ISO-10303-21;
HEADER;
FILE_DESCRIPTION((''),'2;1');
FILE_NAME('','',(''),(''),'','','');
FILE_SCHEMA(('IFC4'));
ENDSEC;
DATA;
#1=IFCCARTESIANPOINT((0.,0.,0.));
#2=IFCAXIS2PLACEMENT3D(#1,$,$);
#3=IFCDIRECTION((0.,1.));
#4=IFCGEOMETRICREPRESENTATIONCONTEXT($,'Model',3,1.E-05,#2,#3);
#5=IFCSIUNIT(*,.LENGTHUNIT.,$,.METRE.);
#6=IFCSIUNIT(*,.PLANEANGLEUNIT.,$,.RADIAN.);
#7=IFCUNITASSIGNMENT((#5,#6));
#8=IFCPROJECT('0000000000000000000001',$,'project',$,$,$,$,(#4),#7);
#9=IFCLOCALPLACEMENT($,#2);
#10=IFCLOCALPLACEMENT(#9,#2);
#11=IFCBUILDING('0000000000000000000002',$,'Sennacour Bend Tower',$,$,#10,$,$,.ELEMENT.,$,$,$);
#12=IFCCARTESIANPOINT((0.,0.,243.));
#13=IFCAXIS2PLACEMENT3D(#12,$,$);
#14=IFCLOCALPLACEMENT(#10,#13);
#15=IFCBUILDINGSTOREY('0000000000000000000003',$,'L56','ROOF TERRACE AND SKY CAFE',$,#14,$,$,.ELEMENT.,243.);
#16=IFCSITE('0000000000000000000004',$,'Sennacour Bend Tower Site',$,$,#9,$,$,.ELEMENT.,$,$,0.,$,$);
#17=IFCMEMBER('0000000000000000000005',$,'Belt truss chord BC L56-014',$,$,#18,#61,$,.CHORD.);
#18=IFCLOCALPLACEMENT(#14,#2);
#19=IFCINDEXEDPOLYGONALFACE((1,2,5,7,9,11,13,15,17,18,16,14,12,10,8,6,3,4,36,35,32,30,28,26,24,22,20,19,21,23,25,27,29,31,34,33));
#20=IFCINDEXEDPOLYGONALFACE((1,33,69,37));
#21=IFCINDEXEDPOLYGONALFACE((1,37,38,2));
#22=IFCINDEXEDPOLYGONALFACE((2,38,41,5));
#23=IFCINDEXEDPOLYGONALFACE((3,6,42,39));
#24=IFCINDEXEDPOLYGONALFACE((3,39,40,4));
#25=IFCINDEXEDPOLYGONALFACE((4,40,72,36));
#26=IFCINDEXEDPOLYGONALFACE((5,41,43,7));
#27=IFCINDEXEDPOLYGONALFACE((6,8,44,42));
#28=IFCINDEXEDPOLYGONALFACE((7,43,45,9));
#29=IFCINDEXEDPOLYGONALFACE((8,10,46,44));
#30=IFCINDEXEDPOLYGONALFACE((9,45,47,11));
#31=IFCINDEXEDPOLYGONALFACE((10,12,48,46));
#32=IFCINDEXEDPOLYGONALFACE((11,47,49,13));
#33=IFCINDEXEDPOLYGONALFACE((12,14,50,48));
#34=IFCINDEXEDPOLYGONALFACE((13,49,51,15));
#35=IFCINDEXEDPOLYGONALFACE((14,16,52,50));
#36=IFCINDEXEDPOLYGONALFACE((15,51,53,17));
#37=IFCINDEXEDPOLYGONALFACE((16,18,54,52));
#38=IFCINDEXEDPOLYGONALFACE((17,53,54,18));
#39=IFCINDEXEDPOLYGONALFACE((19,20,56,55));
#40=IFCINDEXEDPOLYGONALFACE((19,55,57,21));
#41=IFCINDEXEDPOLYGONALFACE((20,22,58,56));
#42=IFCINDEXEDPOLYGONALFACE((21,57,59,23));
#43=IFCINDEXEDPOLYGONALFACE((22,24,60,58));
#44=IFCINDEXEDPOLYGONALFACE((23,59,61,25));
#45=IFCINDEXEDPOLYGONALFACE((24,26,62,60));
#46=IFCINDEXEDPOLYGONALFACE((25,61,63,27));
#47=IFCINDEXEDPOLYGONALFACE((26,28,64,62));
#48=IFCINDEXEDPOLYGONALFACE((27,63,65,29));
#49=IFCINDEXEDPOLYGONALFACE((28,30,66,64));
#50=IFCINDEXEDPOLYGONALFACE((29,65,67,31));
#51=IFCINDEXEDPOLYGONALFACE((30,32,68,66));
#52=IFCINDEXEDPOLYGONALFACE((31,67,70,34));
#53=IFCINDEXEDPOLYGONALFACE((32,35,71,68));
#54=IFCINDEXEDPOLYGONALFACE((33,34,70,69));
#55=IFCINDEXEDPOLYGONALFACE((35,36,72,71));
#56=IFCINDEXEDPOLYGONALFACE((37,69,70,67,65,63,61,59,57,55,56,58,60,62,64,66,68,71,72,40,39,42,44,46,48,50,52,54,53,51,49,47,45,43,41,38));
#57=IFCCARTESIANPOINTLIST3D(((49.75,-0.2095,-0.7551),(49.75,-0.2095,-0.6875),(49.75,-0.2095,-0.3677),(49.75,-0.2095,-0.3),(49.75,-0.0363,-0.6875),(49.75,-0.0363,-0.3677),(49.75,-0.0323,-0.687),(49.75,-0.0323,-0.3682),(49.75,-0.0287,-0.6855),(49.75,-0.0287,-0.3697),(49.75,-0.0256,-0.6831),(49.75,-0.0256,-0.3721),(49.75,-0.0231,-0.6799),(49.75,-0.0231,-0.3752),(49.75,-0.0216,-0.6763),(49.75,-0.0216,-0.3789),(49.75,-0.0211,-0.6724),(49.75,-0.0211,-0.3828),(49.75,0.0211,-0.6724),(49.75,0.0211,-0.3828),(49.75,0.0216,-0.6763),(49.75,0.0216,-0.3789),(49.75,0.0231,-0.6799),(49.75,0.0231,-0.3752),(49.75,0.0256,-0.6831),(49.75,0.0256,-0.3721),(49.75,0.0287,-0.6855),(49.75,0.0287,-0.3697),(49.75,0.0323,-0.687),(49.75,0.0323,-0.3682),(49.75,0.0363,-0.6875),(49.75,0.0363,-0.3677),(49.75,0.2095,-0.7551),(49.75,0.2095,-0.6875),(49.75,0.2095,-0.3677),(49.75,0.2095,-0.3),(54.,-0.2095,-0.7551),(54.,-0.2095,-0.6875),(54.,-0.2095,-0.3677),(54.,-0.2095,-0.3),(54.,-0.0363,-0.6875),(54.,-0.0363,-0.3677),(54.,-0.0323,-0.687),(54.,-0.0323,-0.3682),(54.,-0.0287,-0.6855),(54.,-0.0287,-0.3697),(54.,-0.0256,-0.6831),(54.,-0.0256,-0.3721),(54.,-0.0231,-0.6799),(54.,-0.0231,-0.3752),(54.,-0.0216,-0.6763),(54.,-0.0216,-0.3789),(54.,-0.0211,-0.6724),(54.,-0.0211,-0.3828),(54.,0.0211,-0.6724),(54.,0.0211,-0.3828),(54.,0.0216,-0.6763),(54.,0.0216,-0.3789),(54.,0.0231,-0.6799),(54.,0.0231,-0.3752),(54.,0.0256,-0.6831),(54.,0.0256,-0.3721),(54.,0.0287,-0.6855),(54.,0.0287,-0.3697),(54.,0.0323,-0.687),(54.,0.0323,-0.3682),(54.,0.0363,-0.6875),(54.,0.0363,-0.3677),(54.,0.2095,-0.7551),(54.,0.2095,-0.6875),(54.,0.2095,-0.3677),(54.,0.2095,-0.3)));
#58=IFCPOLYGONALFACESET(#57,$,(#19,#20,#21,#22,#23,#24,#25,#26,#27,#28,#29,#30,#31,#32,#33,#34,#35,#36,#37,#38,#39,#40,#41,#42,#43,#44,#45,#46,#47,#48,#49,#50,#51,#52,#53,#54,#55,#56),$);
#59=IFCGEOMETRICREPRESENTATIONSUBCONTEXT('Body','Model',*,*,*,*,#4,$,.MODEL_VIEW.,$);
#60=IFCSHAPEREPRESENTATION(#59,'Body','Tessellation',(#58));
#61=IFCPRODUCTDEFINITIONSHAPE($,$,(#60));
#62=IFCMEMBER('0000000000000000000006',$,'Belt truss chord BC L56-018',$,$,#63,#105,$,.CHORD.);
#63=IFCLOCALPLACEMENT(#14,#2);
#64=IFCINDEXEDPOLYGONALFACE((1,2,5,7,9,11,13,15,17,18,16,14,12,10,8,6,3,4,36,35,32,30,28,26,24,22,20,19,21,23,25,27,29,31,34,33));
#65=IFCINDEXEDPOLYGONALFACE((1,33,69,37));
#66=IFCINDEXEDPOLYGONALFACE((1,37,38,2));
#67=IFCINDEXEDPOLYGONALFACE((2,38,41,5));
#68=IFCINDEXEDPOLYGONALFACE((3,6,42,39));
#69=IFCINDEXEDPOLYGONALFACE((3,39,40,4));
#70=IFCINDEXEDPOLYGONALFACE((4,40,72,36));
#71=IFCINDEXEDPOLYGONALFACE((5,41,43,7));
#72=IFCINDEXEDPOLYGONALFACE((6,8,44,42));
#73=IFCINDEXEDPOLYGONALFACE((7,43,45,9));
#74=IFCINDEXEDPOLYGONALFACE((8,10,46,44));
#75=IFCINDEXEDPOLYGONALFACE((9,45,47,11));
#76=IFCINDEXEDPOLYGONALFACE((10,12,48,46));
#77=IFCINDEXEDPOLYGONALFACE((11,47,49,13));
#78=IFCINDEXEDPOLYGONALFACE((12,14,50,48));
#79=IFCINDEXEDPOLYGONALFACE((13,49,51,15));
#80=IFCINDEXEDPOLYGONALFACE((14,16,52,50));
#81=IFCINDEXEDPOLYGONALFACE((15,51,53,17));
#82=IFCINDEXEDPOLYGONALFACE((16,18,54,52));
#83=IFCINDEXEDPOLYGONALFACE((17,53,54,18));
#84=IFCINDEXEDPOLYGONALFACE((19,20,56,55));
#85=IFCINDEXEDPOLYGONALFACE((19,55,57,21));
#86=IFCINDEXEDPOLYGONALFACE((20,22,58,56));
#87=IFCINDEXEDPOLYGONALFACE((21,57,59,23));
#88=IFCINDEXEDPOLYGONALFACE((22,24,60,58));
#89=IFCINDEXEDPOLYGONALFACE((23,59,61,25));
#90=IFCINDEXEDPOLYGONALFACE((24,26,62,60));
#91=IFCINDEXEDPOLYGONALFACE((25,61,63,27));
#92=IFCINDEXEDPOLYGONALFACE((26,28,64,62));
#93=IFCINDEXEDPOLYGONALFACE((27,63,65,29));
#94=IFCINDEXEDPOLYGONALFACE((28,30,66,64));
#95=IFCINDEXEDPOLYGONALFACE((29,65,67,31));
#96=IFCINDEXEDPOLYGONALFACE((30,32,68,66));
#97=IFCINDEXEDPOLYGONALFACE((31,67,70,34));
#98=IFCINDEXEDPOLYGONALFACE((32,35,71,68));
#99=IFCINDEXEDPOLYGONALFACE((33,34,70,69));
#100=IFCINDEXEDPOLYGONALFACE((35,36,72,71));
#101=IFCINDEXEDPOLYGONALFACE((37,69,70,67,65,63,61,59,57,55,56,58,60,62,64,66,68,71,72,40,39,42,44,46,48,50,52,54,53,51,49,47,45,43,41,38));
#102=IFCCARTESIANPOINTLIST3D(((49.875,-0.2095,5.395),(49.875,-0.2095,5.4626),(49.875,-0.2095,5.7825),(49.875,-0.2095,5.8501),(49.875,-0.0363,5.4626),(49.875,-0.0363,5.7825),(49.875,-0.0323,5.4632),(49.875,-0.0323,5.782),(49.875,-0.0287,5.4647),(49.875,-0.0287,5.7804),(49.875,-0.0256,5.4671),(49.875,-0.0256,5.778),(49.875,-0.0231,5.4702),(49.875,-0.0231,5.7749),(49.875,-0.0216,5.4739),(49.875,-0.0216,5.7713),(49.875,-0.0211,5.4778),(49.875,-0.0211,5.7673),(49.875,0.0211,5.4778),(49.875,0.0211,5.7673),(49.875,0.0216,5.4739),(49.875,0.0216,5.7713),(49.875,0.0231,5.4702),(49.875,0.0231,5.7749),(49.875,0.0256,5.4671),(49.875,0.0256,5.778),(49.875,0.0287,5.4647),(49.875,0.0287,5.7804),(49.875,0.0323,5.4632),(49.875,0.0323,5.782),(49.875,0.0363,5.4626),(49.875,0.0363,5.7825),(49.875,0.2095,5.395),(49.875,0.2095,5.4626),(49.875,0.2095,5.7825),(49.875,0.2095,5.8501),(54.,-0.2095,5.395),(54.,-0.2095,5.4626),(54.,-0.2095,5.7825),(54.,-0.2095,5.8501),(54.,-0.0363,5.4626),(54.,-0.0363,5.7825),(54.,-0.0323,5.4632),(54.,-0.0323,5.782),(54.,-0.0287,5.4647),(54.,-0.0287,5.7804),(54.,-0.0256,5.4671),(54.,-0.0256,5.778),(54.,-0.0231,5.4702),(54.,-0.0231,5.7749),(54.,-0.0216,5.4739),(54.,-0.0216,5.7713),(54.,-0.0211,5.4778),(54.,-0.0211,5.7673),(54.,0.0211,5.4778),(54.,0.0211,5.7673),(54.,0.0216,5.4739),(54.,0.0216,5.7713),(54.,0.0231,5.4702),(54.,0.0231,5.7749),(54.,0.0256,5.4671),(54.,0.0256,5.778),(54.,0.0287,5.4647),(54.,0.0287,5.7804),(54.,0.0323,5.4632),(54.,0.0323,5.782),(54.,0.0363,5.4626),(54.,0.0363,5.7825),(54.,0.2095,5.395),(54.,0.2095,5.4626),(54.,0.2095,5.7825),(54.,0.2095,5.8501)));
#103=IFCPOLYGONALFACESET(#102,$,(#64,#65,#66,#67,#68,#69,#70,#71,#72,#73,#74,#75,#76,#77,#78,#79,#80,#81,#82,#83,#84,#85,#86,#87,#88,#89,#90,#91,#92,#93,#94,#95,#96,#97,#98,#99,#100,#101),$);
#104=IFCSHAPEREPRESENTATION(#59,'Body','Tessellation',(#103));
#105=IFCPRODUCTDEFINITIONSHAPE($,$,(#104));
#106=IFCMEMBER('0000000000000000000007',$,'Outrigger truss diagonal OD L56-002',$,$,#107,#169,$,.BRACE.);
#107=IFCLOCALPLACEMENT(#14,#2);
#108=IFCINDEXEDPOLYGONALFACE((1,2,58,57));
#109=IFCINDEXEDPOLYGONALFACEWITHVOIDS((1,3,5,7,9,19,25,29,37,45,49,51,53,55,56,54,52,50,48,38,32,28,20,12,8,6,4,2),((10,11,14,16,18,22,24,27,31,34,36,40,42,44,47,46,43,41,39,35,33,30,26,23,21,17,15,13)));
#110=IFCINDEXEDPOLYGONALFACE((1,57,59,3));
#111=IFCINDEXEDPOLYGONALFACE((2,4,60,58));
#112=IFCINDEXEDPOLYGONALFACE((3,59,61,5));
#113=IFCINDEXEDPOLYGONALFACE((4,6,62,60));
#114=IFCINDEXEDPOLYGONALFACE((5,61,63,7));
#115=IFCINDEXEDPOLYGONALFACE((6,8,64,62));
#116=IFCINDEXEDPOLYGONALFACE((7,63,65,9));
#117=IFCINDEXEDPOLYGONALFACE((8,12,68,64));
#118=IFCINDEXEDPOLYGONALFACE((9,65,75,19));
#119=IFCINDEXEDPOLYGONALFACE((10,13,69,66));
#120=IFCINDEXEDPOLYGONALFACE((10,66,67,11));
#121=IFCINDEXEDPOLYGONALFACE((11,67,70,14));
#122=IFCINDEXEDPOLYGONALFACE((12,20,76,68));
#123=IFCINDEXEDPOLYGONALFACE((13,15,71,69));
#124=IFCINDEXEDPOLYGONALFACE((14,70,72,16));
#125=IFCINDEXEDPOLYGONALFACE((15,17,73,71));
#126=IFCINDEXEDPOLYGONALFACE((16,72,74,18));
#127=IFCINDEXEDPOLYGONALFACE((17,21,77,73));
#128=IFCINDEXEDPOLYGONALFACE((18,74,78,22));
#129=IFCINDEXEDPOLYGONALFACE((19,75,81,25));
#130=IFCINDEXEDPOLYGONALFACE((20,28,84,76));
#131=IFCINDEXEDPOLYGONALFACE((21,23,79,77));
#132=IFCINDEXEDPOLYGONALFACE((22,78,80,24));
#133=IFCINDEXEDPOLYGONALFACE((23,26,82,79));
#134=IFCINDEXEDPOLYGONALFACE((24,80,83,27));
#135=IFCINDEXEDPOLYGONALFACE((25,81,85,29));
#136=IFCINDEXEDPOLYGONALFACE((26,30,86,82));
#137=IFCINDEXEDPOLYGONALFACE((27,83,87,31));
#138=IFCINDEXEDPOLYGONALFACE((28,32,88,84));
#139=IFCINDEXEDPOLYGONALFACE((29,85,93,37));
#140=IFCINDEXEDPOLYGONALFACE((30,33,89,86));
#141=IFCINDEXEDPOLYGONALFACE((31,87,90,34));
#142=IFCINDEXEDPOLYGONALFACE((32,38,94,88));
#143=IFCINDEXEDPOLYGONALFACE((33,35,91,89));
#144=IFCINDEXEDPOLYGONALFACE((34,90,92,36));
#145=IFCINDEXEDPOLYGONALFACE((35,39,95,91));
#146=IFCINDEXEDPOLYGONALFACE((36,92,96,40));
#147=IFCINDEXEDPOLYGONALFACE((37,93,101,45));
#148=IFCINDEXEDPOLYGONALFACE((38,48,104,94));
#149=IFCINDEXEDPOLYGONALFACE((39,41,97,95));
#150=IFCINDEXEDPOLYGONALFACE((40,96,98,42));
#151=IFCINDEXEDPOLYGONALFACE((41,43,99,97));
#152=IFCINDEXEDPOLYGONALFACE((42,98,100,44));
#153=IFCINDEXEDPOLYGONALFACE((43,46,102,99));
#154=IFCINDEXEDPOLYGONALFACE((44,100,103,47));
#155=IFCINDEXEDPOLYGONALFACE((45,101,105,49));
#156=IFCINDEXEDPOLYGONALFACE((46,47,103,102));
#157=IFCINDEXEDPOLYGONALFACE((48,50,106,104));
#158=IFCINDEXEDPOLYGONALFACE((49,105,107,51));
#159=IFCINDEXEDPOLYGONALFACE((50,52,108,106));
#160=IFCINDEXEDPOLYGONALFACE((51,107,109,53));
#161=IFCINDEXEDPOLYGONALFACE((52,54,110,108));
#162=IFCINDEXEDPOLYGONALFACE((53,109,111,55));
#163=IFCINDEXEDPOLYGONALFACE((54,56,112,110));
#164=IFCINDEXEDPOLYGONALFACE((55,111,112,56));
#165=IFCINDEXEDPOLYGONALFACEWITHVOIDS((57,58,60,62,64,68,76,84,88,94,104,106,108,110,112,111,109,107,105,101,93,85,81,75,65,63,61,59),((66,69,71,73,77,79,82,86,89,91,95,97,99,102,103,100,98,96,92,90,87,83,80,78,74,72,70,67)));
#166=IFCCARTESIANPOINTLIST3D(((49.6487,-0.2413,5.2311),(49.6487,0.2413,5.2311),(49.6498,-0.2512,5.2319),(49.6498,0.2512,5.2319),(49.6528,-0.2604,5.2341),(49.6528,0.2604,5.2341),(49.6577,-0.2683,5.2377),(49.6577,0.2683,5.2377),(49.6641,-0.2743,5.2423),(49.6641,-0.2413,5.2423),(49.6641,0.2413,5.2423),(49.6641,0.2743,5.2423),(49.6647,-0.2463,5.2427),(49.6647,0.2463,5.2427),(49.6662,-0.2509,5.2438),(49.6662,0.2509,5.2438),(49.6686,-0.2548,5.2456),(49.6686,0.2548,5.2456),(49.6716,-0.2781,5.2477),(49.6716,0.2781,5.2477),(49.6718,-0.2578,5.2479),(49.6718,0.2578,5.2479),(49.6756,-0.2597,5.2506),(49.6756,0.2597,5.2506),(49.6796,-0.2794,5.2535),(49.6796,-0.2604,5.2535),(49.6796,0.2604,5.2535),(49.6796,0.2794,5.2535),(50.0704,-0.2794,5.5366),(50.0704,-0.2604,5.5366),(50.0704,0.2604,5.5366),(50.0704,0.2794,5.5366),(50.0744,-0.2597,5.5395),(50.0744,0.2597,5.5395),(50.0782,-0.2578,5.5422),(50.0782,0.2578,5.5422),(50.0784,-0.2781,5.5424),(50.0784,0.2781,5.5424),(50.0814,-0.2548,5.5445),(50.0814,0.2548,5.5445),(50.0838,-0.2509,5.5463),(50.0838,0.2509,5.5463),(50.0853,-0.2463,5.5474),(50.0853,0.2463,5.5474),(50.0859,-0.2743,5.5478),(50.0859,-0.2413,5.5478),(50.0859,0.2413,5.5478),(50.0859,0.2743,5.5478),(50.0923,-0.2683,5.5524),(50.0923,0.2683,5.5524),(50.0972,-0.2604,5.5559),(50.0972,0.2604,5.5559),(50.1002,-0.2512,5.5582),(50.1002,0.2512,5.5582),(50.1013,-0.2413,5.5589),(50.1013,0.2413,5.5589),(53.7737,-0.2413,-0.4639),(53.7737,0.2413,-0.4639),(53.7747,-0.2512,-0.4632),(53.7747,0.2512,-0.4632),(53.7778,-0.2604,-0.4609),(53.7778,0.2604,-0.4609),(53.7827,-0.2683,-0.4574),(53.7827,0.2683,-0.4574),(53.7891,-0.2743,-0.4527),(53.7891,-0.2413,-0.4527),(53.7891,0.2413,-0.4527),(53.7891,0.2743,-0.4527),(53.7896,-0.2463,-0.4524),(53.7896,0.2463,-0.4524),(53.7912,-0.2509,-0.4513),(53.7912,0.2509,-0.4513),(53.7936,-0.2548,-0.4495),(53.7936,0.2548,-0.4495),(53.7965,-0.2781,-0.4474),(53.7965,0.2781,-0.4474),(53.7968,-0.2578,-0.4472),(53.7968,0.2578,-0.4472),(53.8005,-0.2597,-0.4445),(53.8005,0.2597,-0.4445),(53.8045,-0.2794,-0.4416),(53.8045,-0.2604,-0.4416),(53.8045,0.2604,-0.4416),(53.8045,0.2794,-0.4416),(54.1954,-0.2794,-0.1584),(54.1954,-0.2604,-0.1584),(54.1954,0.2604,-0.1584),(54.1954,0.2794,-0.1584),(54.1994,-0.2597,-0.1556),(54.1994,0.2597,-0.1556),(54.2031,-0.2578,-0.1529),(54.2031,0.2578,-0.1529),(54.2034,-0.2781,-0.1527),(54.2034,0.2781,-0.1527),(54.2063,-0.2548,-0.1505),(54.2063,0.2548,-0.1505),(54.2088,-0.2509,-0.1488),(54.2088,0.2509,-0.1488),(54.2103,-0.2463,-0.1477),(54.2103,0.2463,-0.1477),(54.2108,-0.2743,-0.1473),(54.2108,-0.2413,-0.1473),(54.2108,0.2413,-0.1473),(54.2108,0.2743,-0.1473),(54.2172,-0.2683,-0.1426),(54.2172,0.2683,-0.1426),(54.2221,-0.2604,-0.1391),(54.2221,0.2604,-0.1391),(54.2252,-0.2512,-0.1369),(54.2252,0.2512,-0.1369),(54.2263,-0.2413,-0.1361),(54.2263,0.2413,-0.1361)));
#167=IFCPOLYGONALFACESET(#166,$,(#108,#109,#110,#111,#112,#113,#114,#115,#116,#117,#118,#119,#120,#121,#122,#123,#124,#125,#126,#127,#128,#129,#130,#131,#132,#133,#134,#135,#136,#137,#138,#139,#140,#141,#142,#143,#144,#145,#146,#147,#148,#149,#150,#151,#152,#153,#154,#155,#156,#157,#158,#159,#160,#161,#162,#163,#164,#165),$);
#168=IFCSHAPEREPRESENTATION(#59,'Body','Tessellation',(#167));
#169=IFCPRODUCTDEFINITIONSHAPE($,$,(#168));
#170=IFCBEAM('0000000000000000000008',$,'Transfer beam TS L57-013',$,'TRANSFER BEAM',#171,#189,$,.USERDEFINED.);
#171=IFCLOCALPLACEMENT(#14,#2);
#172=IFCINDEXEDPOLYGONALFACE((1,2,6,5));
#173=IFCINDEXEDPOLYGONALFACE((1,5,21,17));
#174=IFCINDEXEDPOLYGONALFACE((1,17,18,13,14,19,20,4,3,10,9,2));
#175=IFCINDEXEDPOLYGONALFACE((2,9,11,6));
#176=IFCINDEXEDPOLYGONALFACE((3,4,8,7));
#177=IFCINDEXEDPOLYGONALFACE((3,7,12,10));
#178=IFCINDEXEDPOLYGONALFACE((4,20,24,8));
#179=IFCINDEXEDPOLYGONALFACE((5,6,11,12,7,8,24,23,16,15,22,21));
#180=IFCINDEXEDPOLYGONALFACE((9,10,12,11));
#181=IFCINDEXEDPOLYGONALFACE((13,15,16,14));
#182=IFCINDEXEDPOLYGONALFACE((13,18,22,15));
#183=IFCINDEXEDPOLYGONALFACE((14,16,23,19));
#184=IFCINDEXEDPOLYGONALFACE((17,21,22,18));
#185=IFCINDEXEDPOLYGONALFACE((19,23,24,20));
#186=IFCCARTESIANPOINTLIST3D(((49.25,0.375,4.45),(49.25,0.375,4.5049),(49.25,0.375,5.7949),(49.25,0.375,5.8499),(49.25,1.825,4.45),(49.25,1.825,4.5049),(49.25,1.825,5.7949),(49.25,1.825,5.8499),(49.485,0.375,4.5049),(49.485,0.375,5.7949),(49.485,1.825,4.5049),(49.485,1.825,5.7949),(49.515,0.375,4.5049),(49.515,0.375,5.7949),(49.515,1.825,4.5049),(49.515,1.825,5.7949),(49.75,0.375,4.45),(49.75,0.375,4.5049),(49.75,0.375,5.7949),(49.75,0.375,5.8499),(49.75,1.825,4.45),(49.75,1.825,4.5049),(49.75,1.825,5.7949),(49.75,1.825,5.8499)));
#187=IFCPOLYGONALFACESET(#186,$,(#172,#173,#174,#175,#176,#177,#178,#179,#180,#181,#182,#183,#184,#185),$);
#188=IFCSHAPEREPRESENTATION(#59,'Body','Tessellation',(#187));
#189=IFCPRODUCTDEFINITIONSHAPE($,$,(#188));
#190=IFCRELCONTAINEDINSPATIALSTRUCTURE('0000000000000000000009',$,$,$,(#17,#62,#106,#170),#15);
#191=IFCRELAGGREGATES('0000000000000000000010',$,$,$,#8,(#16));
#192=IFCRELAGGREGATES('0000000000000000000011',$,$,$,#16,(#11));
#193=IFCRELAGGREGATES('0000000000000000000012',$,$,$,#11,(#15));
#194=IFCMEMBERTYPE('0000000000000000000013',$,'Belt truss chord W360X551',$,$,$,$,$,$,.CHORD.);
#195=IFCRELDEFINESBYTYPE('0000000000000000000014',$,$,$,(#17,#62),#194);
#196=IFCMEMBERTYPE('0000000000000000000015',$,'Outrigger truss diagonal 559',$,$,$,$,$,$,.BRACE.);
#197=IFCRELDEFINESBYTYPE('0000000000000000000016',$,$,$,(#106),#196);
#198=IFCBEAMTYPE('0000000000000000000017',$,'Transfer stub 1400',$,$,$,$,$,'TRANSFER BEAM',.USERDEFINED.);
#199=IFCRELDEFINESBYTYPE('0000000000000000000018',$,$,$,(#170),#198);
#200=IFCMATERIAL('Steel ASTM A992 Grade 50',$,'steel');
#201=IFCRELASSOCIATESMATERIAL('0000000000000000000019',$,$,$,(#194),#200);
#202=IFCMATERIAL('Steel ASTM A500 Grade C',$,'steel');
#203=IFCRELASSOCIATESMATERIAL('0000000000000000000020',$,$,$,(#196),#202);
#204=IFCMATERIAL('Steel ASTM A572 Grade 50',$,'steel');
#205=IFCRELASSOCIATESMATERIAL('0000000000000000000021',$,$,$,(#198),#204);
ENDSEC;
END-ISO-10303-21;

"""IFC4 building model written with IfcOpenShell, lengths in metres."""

from ifc_helpers import new_model, si_unit, direction, frame, origin, origin_2d, place, context, subcontext, project, spatial, hollow_rectangle, i_section, extrude, material, material_profile, profile_set, type_object, element, save


model = new_model("IFC4")

# Units and contexts
model_context = context("Model", 3, precision=1e-05, world=origin(), true_north=direction((0.0, 1.0)))
body_context = subcontext(model_context, "Body", "Model", "MODEL_VIEW")
ifc_project = project(units=[si_unit("LENGTHUNIT", "METRE"), si_unit("PLANEANGLEUNIT", "RADIAN")], contexts=[model_context])

# Site, building, storey
site_placement = place(None, origin())
site = spatial("IfcSite", under=ifc_project, at=site_placement, Name="Sennacour Bend Tower Site", CompositionType="ELEMENT", RefElevation=0.0)
building_placement = place(site_placement, origin())
building = spatial("IfcBuilding", under=site, at=building_placement, Name="Sennacour Bend Tower", CompositionType="ELEMENT")
storey_placement = place(building_placement, frame((0.0, 0.0, 243.0)))
storey = spatial("IfcBuildingStorey", under=building, at=storey_placement, Name="L56", Description="ROOF TERRACE AND SKY CAFE", CompositionType="ELEMENT", Elevation=243.0)

# Members
ifc_material_1 = material(Name="Steel ASTM A992 Grade 50", Category="steel")
ifc_material_profile_1 = material_profile(ifc_material_1, i_section(OverallWidth=0.4189, OverallDepth=0.4551, WebThickness=0.0422, FlangeThickness=0.0676, FilletRadius=0.0151, at=origin_2d()), Name="Steel ASTM A992 Grade 50", Category="steel")
ifc_profile_set_1 = profile_set([ifc_material_profile_1], Name="Steel ASTM A992 Grade 50")
member_type_1 = type_object("IfcMemberType", Name="Belt truss chord W360X551", PredefinedType="CHORD", material=ifc_profile_set_1)
member_1_placement = place(storey_placement, frame((54.0, 0.0, -0.5276), z_axis=(-1.0, 0.0, 0.0), x_axis=(0.0, -1.0, 0.0)))
element("IfcMember", 1, at=member_1_placement, inside=storey, type_object=member_type_1, Name="Belt truss chord BC L56-014", PredefinedType="CHORD", context=body_context, shape_type="SweptSolid", body=[
    extrude(i_section(OverallWidth=0.4189, OverallDepth=0.4551, WebThickness=0.0422, FlangeThickness=0.0676, FilletRadius=0.0151, at=origin_2d()), origin(), (0.0, 0.0, 1.0), 4.25),
])
member_2_placement = place(storey_placement, frame((54.0, 0.0, 5.6226), z_axis=(-1.0, 0.0, 0.0), x_axis=(0.0, -1.0, 0.0)))
element("IfcMember", 2, at=member_2_placement, inside=storey, type_object=member_type_1, Name="Belt truss chord BC L56-018", PredefinedType="CHORD", context=body_context, shape_type="SweptSolid", body=[
    extrude(i_section(OverallWidth=0.4189, OverallDepth=0.4551, WebThickness=0.0422, FlangeThickness=0.0676, FilletRadius=0.0151, at=origin_2d()), origin(), (0.0, 0.0, 1.0), 4.125),
])
ifc_material_2 = material(Name="Steel ASTM A500 Grade C", Category="steel")
ifc_material_profile_2 = material_profile(ifc_material_2, hollow_rectangle(XDim=0.5588, YDim=0.5588, WallThickness=0.019, InnerFilletRadius=0.019, OuterFilletRadius=0.0381, at=origin_2d()), Name="Steel ASTM A500 Grade C", Category="steel")
ifc_profile_set_2 = profile_set([ifc_material_profile_2], Name="Steel ASTM A500 Grade C")
member_type_2 = type_object("IfcMemberType", Name="Outrigger truss diagonal 559", PredefinedType="BRACE", material=ifc_profile_set_2)
member_3_placement = place(storey_placement, frame((49.875, 0.0, 5.395), z_axis=(0.586602, 0.0, -0.809876), x_axis=(0.0, 1.0, 0.0)))
element("IfcMember", 3, at=member_3_placement, inside=storey, type_object=member_type_2, Name="Outrigger truss diagonal OD L56-002", PredefinedType="BRACE", context=body_context, shape_type="SweptSolid", body=[
    extrude(hollow_rectangle(XDim=0.5588, YDim=0.5588, WallThickness=0.019, InnerFilletRadius=0.019, OuterFilletRadius=0.0381, at=origin_2d()), origin(), (0.0, 0.0, 1.0), 7.032),
])

# Beam
ifc_material_3 = material(Name="Steel ASTM A572 Grade 50", Category="steel")
ifc_material_profile_3 = material_profile(ifc_material_3, i_section(OverallWidth=0.5, OverallDepth=1.3999, WebThickness=0.03, FlangeThickness=0.0549, at=origin_2d()), Name="Steel ASTM A572 Grade 50", Category="steel")
ifc_profile_set_3 = profile_set([ifc_material_profile_3], Name="Steel ASTM A572 Grade 50")
beam_type = type_object("IfcBeamType", Name="Transfer stub 1400", ElementType="TRANSFER BEAM", PredefinedType="USERDEFINED", material=ifc_profile_set_3)
beam_placement = place(storey_placement, frame((49.5, 0.375, 5.1499), z_axis=(0.0, 1.0, 0.0), x_axis=(-1.0, 0.0, 0.0)))
element("IfcBeam", 4, at=beam_placement, inside=storey, type_object=beam_type, Name="Transfer beam TS L57-013", ObjectType="TRANSFER BEAM", PredefinedType="USERDEFINED", context=body_context, shape_type="SweptSolid", body=[
    extrude(i_section(OverallWidth=0.5, OverallDepth=1.3999, WebThickness=0.03, FlangeThickness=0.0549, at=origin_2d()), origin(), (0.0, 0.0, 1.0), 1.45),
])

save(model, "model.ifc")
